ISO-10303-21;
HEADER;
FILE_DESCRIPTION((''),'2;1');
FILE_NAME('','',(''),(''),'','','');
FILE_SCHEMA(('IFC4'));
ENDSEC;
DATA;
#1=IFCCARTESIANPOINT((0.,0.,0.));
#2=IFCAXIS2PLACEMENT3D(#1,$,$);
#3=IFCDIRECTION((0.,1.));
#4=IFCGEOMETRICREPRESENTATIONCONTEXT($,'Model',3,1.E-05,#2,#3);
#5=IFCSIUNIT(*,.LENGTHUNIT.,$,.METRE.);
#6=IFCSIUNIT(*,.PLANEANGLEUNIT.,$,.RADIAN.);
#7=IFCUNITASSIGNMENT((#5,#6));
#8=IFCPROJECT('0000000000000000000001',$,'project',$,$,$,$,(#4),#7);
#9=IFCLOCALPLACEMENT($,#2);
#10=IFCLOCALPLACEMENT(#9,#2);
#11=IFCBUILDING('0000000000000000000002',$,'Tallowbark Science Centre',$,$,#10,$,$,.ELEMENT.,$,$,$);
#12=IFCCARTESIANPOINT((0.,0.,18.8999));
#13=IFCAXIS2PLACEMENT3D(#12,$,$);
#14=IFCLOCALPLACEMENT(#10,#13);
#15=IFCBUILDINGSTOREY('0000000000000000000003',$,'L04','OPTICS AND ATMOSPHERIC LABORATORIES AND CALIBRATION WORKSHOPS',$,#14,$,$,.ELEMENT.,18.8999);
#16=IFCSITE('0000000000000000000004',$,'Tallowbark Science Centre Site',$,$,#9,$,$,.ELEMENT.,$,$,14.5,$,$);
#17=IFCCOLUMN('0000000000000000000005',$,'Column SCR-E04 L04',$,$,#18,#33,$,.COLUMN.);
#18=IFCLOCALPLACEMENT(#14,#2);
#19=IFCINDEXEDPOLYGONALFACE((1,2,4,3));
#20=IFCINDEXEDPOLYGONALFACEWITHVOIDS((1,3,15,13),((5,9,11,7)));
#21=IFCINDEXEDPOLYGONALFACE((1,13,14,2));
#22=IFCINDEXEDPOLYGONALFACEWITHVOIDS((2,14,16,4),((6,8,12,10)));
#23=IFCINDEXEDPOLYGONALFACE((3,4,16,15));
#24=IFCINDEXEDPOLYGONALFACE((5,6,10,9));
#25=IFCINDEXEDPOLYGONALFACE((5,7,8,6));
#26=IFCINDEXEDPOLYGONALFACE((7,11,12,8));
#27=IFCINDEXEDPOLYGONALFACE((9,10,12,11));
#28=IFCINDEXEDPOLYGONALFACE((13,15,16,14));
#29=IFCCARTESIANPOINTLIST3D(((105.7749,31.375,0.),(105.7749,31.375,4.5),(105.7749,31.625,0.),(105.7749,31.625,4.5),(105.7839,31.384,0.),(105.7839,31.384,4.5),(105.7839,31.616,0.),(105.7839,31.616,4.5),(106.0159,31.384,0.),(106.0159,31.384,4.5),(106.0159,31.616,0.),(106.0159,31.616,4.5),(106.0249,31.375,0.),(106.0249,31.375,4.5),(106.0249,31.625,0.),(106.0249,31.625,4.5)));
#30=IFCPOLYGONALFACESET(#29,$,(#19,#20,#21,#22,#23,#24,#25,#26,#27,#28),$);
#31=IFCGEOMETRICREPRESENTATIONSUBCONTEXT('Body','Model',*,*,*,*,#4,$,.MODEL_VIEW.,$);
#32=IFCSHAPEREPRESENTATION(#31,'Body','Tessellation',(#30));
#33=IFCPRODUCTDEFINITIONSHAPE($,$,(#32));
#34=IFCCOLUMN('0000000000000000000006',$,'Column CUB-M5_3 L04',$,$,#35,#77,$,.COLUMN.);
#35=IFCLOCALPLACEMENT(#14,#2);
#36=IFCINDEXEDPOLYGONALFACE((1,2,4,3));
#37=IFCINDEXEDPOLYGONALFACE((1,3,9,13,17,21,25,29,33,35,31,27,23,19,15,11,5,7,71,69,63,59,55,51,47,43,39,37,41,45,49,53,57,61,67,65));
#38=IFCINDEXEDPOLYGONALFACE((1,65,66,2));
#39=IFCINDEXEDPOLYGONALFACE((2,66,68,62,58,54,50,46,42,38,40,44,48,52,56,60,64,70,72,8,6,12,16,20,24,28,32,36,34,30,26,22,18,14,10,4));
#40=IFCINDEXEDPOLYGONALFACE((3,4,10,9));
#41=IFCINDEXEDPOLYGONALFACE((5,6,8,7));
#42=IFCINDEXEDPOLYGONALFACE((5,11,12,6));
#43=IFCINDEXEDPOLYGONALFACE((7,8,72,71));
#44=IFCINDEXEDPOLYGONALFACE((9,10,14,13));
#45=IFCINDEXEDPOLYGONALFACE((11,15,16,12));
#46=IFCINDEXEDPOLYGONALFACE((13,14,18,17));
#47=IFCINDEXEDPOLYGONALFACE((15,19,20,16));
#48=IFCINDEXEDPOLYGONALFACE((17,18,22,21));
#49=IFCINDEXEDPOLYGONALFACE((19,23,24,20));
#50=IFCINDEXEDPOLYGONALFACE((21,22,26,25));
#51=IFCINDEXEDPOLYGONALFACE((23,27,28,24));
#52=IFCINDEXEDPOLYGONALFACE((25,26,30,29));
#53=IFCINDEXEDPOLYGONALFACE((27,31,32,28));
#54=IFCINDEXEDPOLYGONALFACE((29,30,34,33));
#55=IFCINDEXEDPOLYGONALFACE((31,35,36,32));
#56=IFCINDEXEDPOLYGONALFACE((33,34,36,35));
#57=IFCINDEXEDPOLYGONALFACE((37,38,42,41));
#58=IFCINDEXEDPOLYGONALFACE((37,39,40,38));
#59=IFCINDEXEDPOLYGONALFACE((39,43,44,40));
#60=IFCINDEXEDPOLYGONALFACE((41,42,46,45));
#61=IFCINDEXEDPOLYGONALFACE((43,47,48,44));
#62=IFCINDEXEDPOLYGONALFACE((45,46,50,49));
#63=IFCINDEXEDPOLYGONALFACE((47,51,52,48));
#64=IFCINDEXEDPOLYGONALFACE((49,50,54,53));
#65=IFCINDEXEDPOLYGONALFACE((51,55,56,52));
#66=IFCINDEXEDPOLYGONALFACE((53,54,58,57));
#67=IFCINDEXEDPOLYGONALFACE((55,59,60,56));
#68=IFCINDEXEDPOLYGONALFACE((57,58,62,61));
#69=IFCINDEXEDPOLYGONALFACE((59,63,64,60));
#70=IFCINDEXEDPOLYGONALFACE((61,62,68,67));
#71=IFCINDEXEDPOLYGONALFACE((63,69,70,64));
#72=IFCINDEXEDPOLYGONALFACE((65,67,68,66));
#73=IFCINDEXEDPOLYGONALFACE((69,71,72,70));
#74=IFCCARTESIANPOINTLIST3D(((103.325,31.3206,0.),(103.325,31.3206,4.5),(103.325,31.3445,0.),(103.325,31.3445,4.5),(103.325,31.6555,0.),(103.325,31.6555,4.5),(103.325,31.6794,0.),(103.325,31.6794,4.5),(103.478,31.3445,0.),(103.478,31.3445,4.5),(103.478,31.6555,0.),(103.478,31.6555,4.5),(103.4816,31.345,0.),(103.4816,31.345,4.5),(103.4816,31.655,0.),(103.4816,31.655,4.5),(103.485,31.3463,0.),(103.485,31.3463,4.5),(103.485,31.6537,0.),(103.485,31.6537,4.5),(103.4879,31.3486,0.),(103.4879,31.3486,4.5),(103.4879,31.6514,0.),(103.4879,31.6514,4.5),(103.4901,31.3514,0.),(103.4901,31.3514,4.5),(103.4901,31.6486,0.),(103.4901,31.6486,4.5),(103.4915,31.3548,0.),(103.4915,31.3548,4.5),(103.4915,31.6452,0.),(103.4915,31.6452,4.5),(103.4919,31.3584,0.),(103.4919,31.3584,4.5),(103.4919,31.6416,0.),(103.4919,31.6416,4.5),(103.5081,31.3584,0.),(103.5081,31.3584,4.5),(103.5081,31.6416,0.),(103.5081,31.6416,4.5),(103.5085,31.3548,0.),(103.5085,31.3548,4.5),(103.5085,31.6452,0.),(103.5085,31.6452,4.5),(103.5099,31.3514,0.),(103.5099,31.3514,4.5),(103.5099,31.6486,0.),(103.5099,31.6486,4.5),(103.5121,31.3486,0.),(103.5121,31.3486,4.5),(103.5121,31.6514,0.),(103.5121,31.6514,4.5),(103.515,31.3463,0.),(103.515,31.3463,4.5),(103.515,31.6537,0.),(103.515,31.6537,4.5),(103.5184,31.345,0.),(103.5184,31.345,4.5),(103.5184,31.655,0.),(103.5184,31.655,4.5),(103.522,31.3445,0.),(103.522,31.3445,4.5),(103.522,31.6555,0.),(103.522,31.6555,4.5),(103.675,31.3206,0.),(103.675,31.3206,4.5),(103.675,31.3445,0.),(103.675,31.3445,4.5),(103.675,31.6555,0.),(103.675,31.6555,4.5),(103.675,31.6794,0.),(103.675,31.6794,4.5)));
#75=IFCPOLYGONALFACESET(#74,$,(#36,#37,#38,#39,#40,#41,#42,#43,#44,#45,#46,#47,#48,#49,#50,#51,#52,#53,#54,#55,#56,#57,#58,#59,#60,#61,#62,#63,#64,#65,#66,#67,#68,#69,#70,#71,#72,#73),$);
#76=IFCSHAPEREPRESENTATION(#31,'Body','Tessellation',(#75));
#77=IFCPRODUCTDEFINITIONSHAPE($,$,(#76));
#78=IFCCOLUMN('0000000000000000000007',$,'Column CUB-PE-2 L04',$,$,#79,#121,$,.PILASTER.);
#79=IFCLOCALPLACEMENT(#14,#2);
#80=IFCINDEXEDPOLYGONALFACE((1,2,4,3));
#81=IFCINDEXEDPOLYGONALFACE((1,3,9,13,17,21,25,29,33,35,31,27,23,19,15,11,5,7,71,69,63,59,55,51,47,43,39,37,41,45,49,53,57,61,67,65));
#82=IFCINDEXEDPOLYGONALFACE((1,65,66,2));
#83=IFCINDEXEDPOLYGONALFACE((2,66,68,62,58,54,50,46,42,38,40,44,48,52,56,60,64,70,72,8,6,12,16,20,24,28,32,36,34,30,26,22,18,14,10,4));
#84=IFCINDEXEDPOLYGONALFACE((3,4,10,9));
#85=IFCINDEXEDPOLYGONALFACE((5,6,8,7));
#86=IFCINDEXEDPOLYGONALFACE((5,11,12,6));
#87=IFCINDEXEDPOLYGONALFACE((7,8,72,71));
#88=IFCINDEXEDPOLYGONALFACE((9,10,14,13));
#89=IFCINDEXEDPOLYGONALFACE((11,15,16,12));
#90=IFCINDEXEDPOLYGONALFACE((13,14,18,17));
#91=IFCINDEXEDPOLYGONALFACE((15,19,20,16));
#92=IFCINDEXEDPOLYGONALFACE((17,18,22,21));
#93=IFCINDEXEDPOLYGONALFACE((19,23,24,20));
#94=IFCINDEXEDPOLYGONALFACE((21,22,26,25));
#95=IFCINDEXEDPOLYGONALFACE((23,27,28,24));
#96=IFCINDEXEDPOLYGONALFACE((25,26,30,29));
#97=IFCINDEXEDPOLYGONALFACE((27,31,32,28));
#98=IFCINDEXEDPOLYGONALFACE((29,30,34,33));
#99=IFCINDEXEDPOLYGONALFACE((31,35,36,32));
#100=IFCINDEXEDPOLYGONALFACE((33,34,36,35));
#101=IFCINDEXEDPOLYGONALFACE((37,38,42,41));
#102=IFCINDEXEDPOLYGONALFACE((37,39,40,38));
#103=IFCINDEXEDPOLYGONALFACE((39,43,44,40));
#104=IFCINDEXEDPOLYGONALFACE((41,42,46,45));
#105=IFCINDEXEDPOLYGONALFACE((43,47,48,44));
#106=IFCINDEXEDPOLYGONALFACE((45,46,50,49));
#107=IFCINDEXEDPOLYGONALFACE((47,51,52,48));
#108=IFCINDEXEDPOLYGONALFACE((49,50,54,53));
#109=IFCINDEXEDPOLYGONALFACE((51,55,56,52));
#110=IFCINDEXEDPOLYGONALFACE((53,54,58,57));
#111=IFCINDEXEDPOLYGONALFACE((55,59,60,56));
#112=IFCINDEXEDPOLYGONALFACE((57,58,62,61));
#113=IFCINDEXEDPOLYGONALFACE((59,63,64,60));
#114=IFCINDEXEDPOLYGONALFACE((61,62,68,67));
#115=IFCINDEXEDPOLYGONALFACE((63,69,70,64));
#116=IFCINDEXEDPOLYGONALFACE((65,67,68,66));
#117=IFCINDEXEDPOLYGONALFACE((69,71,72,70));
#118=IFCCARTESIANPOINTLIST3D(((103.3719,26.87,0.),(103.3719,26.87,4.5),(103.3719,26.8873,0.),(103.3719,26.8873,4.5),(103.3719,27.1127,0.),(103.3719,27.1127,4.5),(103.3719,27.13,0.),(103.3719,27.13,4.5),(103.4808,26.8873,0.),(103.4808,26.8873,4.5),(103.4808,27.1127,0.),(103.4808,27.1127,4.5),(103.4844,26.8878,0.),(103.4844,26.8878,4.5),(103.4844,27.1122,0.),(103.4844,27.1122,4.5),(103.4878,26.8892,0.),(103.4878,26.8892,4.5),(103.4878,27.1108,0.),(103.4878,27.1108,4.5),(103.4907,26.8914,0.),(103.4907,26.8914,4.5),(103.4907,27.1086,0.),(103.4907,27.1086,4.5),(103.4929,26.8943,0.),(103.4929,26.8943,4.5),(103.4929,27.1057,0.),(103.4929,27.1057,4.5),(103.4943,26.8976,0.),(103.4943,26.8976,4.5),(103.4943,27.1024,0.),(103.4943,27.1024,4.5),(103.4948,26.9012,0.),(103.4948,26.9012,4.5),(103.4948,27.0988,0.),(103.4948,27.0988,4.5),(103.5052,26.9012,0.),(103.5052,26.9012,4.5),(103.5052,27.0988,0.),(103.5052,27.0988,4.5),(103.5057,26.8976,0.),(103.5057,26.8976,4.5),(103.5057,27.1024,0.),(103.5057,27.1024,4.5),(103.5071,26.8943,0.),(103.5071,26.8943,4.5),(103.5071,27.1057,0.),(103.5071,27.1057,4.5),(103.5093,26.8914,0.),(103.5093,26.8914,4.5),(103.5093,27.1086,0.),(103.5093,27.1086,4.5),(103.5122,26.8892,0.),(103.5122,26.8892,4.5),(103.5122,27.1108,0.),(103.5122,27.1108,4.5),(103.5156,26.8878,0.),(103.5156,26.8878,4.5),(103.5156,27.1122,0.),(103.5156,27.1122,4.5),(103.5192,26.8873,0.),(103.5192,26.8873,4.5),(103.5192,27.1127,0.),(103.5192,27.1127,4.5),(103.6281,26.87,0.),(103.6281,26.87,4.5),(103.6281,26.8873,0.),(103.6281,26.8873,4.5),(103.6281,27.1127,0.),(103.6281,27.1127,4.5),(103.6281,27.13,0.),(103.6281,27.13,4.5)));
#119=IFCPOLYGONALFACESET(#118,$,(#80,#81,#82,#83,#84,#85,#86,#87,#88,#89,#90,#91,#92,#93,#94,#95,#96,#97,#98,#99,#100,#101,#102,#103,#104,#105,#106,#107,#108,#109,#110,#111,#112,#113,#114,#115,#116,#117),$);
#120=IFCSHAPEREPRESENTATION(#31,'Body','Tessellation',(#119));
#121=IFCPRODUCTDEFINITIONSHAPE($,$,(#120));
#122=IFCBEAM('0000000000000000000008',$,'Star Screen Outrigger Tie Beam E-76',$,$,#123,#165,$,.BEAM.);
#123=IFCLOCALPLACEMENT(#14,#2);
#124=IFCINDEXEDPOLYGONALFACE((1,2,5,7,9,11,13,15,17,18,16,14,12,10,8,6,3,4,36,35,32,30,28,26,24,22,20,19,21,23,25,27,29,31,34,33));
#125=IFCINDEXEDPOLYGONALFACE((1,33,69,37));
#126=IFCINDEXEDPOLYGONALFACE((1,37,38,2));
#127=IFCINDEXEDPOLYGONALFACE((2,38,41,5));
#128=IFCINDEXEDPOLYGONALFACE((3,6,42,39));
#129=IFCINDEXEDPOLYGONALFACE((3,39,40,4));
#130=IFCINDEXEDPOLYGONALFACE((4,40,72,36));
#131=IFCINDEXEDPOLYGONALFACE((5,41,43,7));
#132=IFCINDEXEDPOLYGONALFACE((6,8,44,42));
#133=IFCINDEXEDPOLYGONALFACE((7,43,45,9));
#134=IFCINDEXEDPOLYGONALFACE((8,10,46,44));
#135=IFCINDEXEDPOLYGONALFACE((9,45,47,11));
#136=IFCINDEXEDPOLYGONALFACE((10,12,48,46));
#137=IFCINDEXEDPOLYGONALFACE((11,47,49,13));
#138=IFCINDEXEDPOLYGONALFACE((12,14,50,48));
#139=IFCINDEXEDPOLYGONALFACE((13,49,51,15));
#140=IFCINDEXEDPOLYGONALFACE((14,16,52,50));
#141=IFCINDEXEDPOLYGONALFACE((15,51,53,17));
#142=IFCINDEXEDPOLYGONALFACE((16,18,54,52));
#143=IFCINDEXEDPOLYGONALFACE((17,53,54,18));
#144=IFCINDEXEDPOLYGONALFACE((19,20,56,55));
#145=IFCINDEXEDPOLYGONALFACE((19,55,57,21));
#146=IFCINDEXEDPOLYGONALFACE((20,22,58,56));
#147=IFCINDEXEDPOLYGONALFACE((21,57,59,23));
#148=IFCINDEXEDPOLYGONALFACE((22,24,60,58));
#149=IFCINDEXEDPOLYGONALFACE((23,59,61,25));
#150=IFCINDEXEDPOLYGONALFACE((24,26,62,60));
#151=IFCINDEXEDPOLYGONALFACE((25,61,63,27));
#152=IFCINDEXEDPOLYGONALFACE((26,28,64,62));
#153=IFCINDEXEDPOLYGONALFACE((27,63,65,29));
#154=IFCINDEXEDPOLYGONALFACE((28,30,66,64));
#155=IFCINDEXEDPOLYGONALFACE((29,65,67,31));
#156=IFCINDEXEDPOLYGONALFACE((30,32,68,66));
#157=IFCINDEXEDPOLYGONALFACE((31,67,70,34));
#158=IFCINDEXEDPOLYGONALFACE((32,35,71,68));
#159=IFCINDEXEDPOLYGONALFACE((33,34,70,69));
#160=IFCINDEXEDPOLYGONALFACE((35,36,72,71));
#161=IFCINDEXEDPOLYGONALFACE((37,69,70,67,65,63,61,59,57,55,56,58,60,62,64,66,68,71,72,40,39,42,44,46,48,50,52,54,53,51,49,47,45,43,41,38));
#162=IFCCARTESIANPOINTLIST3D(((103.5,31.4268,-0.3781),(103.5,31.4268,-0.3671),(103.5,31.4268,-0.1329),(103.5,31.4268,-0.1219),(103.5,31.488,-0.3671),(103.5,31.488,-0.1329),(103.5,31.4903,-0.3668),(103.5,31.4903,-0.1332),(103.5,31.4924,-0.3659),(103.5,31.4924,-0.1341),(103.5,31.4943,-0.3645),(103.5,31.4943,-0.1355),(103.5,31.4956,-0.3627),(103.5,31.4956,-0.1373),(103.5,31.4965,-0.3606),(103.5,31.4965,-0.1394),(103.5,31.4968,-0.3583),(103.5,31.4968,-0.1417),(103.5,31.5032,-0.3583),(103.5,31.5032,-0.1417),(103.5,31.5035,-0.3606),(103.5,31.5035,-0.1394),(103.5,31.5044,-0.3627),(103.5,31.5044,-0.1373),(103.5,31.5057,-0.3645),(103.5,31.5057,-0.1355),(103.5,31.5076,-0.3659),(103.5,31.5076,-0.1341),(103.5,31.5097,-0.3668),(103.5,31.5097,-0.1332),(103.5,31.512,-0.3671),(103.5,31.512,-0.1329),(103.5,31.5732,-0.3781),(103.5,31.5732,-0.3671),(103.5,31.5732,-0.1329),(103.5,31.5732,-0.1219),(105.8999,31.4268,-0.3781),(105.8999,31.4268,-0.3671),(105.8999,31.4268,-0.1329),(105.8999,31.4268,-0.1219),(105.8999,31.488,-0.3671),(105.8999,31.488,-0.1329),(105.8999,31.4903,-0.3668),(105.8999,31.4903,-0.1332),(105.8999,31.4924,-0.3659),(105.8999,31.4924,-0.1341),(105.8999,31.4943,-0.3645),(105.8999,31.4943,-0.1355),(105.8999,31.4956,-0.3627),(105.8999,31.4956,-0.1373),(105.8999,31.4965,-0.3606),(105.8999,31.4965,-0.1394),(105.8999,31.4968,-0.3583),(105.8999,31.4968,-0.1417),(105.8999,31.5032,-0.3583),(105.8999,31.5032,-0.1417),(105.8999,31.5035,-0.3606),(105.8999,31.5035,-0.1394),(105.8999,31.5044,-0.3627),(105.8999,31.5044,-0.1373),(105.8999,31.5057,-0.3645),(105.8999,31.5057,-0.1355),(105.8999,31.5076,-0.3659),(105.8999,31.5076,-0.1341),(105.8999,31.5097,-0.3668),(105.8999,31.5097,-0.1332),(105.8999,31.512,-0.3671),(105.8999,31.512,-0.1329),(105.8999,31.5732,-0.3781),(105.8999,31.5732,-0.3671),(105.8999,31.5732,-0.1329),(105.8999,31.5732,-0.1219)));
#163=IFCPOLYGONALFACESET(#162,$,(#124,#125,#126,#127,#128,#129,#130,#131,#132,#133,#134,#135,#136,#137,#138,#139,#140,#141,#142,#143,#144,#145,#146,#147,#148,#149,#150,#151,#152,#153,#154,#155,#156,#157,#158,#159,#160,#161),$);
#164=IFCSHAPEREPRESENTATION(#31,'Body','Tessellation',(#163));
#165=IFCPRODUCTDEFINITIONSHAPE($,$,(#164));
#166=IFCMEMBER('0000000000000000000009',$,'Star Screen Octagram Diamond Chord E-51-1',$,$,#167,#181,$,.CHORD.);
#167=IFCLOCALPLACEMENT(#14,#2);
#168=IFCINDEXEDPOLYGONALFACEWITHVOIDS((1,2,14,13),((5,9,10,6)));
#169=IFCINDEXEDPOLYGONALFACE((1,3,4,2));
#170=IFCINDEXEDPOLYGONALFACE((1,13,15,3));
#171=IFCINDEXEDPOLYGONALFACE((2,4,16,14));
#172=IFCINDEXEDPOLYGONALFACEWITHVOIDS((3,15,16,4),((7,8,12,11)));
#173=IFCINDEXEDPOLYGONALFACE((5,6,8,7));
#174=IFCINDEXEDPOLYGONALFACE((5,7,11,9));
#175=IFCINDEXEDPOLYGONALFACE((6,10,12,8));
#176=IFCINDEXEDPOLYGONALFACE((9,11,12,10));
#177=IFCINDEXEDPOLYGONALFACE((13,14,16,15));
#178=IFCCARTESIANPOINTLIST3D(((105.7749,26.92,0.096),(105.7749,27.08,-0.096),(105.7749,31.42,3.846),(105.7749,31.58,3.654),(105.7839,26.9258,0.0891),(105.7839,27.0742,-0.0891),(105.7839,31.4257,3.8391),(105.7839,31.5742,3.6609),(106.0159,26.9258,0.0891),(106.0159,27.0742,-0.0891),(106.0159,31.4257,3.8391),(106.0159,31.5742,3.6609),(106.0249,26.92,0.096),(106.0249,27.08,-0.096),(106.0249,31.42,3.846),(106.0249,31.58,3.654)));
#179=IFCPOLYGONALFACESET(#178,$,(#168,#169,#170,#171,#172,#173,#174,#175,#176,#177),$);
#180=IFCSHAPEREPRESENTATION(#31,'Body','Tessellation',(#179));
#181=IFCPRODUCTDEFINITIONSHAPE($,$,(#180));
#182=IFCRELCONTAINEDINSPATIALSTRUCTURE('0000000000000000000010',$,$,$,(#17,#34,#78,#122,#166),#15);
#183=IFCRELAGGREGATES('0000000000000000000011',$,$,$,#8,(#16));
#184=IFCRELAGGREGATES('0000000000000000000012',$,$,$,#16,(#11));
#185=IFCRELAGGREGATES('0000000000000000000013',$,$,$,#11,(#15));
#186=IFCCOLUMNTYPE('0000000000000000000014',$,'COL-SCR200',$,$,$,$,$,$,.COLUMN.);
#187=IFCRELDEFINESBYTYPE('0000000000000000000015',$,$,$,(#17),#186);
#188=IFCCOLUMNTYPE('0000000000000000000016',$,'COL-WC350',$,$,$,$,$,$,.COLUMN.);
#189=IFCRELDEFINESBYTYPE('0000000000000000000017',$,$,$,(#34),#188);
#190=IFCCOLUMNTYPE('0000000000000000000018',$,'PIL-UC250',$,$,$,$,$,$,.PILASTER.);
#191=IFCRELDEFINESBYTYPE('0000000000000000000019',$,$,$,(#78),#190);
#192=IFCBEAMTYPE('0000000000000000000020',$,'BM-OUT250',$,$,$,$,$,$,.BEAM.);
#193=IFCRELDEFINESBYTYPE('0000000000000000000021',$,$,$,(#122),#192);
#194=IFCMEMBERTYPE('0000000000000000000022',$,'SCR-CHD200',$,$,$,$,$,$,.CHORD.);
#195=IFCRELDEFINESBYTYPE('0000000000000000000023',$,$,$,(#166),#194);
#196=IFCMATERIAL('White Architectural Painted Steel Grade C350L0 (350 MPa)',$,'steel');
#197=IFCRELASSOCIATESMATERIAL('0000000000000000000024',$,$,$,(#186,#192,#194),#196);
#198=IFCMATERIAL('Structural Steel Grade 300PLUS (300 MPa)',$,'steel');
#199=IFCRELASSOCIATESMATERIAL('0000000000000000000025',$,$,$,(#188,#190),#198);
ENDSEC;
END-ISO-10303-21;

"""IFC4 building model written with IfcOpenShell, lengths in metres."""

from ifc_helpers import new_model, si_unit, direction, frame, origin, origin_2d, place, context, subcontext, project, spatial, hollow_rectangle, i_section, extrude, material, material_profile, profile_set, type_object, element, save


model = new_model("IFC4")

# Units and contexts
model_context = context("Model", 3, precision=1e-05, world=origin(), true_north=direction((0.0, 1.0)))
body_context = subcontext(model_context, "Body", "Model", "MODEL_VIEW")
ifc_project = project(units=[si_unit("LENGTHUNIT", "METRE"), si_unit("PLANEANGLEUNIT", "RADIAN")], contexts=[model_context])

# Site, building, storey
site_placement = place(None, origin())
site = spatial("IfcSite", under=ifc_project, at=site_placement, Name="Tallowbark Science Centre Site", CompositionType="ELEMENT", RefElevation=14.5)
building_placement = place(site_placement, origin())
building = spatial("IfcBuilding", under=site, at=building_placement, Name="Tallowbark Science Centre", CompositionType="ELEMENT")
storey_placement = place(building_placement, frame((0.0, 0.0, 18.8999)))
storey = spatial("IfcBuildingStorey", under=building, at=storey_placement, Name="L04", Description="OPTICS AND ATMOSPHERIC LABORATORIES AND CALIBRATION WORKSHOPS", CompositionType="ELEMENT", Elevation=18.8999)

# Columns
ifc_material_1 = material(Name="White Architectural Painted Steel Grade C350L0 (350 MPa)", Category="steel")
ifc_material_profile_1 = material_profile(ifc_material_1, hollow_rectangle(XDim=0.25, YDim=0.25, WallThickness=0.009, at=origin_2d()), Name="250x250x9.0SHS")
ifc_profile_set_1 = profile_set([ifc_material_profile_1], Name="White Architectural Painted Steel Grade C350L0 (350 MPa)")
column_type_1 = type_object("IfcColumnType", Name="COL-SCR200", PredefinedType="COLUMN", material=ifc_profile_set_1)
column_1_placement = place(storey_placement, frame((105.8999, 31.5, 0.0), z_axis=(0.0, 0.0, 1.0), x_axis=(1.0, 0.0, 0.0)))
element("IfcColumn", 1, at=column_1_placement, inside=storey, type_object=column_type_1, Name="Column SCR-E04 L04", PredefinedType="COLUMN", context=body_context, shape_type="SweptSolid", body=[
    extrude(hollow_rectangle(XDim=0.25, YDim=0.25, WallThickness=0.009, at=origin_2d()), origin(), (0.0, 0.0, 1.0), 4.5),
])
ifc_material_2 = material(Name="Structural Steel Grade 300PLUS (300 MPa)", Category="steel")
ifc_material_profile_2 = material_profile(ifc_material_2, i_section(OverallWidth=0.3501, OverallDepth=0.3589, WebThickness=0.0161, FlangeThickness=0.0239, FilletRadius=0.0139, at=origin_2d()), Name="350WC197")
ifc_profile_set_2 = profile_set([ifc_material_profile_2], Name="Structural Steel Grade 300PLUS (300 MPa)")
column_type_2 = type_object("IfcColumnType", Name="COL-WC350", PredefinedType="COLUMN", material=ifc_profile_set_2)
column_2_placement = place(storey_placement, frame((103.5, 31.5, 0.0), z_axis=(0.0, 0.0, 1.0), x_axis=(1.0, 0.0, 0.0)))
element("IfcColumn", 2, at=column_2_placement, inside=storey, type_object=column_type_2, Name="Column CUB-M5_3 L04", PredefinedType="COLUMN", context=body_context, shape_type="SweptSolid", body=[
    extrude(i_section(OverallWidth=0.3501, OverallDepth=0.3589, WebThickness=0.0161, FlangeThickness=0.0239, FilletRadius=0.0139, at=origin_2d()), origin(), (0.0, 0.0, 1.0), 4.5),
])
ifc_material_profile_3 = material_profile(ifc_material_2, i_section(OverallWidth=0.2561, OverallDepth=0.26, WebThickness=0.0105, FlangeThickness=0.0173, FilletRadius=0.0139, at=origin_2d()), Name="250UC89.5")
ifc_profile_set_3 = profile_set([ifc_material_profile_3], Name="Structural Steel Grade 300PLUS (300 MPa)")
column_type_3 = type_object("IfcColumnType", Name="PIL-UC250", PredefinedType="PILASTER", material=ifc_profile_set_3)
column_3_placement = place(storey_placement, frame((103.5, 27.0, 0.0), z_axis=(0.0, 0.0, 1.0), x_axis=(1.0, 0.0, 0.0)))
element("IfcColumn", 3, at=column_3_placement, inside=storey, type_object=column_type_3, Name="Column CUB-PE-2 L04", PredefinedType="PILASTER", context=body_context, shape_type="SweptSolid", body=[
    extrude(i_section(OverallWidth=0.2561, OverallDepth=0.26, WebThickness=0.0105, FlangeThickness=0.0173, FilletRadius=0.0139, at=origin_2d()), origin(), (0.0, 0.0, 1.0), 4.5),
])

# Beam
ifc_material_profile_4 = material_profile(ifc_material_1, i_section(OverallWidth=0.1465, OverallDepth=0.2561, WebThickness=0.0063, FlangeThickness=0.011, FilletRadius=0.0088, at=origin_2d()), Name="250UB37.3")
ifc_profile_set_4 = profile_set([ifc_material_profile_4], Name="White Architectural Painted Steel Grade C350L0 (350 MPa)")
beam_type_1 = type_object("IfcBeamType", Name="BM-OUT250", PredefinedType="BEAM", material=ifc_profile_set_4)
beam_placement = place(storey_placement, frame((103.5, 31.5, -0.25), z_axis=(1.0, 0.0, 0.0), x_axis=(0.0, 1.0, 0.0)))
element("IfcBeam", 4, at=beam_placement, inside=storey, type_object=beam_type_1, Name="Star Screen Outrigger Tie Beam E-76", PredefinedType="BEAM", context=body_context, shape_type="SweptSolid", body=[
    extrude(i_section(OverallWidth=0.1465, OverallDepth=0.2561, WebThickness=0.0063, FlangeThickness=0.011, FilletRadius=0.0088, at=origin_2d()), origin(), (0.0, 0.0, 1.0), 2.3999),
])

# Member
ifc_material_profile_5 = material_profile(ifc_material_1, hollow_rectangle(XDim=0.25, YDim=0.25, WallThickness=0.009, at=origin_2d()), Name="250x250x9.0SHS")
ifc_profile_set_5 = profile_set([ifc_material_profile_5], Name="White Architectural Painted Steel Grade C350L0 (350 MPa)")
member_type_1 = type_object("IfcMemberType", Name="SCR-CHD200", PredefinedType="CHORD", material=ifc_profile_set_5)
for number, where, z_axis, x_axis, name in (
    (5, (105.8999, 27.0, 0.0), (0.0, 0.768221, 0.640184), (-1.0, 0.0, 0.0), "Star Screen Octagram Diamond Chord E-51-1"),
):
    element("IfcMember", number, at=place(storey_placement, frame(where, z_axis=z_axis, x_axis=x_axis)), inside=storey, type_object=member_type_1, Name=name, PredefinedType="CHORD", context=body_context, shape_type="SweptSolid", body=[
        extrude(hollow_rectangle(XDim=0.25, YDim=0.25, WallThickness=0.009, at=origin_2d()), origin(), (0.0, 0.0, 1.0), 5.8577),
    ])

save(model, "model.ifc")
